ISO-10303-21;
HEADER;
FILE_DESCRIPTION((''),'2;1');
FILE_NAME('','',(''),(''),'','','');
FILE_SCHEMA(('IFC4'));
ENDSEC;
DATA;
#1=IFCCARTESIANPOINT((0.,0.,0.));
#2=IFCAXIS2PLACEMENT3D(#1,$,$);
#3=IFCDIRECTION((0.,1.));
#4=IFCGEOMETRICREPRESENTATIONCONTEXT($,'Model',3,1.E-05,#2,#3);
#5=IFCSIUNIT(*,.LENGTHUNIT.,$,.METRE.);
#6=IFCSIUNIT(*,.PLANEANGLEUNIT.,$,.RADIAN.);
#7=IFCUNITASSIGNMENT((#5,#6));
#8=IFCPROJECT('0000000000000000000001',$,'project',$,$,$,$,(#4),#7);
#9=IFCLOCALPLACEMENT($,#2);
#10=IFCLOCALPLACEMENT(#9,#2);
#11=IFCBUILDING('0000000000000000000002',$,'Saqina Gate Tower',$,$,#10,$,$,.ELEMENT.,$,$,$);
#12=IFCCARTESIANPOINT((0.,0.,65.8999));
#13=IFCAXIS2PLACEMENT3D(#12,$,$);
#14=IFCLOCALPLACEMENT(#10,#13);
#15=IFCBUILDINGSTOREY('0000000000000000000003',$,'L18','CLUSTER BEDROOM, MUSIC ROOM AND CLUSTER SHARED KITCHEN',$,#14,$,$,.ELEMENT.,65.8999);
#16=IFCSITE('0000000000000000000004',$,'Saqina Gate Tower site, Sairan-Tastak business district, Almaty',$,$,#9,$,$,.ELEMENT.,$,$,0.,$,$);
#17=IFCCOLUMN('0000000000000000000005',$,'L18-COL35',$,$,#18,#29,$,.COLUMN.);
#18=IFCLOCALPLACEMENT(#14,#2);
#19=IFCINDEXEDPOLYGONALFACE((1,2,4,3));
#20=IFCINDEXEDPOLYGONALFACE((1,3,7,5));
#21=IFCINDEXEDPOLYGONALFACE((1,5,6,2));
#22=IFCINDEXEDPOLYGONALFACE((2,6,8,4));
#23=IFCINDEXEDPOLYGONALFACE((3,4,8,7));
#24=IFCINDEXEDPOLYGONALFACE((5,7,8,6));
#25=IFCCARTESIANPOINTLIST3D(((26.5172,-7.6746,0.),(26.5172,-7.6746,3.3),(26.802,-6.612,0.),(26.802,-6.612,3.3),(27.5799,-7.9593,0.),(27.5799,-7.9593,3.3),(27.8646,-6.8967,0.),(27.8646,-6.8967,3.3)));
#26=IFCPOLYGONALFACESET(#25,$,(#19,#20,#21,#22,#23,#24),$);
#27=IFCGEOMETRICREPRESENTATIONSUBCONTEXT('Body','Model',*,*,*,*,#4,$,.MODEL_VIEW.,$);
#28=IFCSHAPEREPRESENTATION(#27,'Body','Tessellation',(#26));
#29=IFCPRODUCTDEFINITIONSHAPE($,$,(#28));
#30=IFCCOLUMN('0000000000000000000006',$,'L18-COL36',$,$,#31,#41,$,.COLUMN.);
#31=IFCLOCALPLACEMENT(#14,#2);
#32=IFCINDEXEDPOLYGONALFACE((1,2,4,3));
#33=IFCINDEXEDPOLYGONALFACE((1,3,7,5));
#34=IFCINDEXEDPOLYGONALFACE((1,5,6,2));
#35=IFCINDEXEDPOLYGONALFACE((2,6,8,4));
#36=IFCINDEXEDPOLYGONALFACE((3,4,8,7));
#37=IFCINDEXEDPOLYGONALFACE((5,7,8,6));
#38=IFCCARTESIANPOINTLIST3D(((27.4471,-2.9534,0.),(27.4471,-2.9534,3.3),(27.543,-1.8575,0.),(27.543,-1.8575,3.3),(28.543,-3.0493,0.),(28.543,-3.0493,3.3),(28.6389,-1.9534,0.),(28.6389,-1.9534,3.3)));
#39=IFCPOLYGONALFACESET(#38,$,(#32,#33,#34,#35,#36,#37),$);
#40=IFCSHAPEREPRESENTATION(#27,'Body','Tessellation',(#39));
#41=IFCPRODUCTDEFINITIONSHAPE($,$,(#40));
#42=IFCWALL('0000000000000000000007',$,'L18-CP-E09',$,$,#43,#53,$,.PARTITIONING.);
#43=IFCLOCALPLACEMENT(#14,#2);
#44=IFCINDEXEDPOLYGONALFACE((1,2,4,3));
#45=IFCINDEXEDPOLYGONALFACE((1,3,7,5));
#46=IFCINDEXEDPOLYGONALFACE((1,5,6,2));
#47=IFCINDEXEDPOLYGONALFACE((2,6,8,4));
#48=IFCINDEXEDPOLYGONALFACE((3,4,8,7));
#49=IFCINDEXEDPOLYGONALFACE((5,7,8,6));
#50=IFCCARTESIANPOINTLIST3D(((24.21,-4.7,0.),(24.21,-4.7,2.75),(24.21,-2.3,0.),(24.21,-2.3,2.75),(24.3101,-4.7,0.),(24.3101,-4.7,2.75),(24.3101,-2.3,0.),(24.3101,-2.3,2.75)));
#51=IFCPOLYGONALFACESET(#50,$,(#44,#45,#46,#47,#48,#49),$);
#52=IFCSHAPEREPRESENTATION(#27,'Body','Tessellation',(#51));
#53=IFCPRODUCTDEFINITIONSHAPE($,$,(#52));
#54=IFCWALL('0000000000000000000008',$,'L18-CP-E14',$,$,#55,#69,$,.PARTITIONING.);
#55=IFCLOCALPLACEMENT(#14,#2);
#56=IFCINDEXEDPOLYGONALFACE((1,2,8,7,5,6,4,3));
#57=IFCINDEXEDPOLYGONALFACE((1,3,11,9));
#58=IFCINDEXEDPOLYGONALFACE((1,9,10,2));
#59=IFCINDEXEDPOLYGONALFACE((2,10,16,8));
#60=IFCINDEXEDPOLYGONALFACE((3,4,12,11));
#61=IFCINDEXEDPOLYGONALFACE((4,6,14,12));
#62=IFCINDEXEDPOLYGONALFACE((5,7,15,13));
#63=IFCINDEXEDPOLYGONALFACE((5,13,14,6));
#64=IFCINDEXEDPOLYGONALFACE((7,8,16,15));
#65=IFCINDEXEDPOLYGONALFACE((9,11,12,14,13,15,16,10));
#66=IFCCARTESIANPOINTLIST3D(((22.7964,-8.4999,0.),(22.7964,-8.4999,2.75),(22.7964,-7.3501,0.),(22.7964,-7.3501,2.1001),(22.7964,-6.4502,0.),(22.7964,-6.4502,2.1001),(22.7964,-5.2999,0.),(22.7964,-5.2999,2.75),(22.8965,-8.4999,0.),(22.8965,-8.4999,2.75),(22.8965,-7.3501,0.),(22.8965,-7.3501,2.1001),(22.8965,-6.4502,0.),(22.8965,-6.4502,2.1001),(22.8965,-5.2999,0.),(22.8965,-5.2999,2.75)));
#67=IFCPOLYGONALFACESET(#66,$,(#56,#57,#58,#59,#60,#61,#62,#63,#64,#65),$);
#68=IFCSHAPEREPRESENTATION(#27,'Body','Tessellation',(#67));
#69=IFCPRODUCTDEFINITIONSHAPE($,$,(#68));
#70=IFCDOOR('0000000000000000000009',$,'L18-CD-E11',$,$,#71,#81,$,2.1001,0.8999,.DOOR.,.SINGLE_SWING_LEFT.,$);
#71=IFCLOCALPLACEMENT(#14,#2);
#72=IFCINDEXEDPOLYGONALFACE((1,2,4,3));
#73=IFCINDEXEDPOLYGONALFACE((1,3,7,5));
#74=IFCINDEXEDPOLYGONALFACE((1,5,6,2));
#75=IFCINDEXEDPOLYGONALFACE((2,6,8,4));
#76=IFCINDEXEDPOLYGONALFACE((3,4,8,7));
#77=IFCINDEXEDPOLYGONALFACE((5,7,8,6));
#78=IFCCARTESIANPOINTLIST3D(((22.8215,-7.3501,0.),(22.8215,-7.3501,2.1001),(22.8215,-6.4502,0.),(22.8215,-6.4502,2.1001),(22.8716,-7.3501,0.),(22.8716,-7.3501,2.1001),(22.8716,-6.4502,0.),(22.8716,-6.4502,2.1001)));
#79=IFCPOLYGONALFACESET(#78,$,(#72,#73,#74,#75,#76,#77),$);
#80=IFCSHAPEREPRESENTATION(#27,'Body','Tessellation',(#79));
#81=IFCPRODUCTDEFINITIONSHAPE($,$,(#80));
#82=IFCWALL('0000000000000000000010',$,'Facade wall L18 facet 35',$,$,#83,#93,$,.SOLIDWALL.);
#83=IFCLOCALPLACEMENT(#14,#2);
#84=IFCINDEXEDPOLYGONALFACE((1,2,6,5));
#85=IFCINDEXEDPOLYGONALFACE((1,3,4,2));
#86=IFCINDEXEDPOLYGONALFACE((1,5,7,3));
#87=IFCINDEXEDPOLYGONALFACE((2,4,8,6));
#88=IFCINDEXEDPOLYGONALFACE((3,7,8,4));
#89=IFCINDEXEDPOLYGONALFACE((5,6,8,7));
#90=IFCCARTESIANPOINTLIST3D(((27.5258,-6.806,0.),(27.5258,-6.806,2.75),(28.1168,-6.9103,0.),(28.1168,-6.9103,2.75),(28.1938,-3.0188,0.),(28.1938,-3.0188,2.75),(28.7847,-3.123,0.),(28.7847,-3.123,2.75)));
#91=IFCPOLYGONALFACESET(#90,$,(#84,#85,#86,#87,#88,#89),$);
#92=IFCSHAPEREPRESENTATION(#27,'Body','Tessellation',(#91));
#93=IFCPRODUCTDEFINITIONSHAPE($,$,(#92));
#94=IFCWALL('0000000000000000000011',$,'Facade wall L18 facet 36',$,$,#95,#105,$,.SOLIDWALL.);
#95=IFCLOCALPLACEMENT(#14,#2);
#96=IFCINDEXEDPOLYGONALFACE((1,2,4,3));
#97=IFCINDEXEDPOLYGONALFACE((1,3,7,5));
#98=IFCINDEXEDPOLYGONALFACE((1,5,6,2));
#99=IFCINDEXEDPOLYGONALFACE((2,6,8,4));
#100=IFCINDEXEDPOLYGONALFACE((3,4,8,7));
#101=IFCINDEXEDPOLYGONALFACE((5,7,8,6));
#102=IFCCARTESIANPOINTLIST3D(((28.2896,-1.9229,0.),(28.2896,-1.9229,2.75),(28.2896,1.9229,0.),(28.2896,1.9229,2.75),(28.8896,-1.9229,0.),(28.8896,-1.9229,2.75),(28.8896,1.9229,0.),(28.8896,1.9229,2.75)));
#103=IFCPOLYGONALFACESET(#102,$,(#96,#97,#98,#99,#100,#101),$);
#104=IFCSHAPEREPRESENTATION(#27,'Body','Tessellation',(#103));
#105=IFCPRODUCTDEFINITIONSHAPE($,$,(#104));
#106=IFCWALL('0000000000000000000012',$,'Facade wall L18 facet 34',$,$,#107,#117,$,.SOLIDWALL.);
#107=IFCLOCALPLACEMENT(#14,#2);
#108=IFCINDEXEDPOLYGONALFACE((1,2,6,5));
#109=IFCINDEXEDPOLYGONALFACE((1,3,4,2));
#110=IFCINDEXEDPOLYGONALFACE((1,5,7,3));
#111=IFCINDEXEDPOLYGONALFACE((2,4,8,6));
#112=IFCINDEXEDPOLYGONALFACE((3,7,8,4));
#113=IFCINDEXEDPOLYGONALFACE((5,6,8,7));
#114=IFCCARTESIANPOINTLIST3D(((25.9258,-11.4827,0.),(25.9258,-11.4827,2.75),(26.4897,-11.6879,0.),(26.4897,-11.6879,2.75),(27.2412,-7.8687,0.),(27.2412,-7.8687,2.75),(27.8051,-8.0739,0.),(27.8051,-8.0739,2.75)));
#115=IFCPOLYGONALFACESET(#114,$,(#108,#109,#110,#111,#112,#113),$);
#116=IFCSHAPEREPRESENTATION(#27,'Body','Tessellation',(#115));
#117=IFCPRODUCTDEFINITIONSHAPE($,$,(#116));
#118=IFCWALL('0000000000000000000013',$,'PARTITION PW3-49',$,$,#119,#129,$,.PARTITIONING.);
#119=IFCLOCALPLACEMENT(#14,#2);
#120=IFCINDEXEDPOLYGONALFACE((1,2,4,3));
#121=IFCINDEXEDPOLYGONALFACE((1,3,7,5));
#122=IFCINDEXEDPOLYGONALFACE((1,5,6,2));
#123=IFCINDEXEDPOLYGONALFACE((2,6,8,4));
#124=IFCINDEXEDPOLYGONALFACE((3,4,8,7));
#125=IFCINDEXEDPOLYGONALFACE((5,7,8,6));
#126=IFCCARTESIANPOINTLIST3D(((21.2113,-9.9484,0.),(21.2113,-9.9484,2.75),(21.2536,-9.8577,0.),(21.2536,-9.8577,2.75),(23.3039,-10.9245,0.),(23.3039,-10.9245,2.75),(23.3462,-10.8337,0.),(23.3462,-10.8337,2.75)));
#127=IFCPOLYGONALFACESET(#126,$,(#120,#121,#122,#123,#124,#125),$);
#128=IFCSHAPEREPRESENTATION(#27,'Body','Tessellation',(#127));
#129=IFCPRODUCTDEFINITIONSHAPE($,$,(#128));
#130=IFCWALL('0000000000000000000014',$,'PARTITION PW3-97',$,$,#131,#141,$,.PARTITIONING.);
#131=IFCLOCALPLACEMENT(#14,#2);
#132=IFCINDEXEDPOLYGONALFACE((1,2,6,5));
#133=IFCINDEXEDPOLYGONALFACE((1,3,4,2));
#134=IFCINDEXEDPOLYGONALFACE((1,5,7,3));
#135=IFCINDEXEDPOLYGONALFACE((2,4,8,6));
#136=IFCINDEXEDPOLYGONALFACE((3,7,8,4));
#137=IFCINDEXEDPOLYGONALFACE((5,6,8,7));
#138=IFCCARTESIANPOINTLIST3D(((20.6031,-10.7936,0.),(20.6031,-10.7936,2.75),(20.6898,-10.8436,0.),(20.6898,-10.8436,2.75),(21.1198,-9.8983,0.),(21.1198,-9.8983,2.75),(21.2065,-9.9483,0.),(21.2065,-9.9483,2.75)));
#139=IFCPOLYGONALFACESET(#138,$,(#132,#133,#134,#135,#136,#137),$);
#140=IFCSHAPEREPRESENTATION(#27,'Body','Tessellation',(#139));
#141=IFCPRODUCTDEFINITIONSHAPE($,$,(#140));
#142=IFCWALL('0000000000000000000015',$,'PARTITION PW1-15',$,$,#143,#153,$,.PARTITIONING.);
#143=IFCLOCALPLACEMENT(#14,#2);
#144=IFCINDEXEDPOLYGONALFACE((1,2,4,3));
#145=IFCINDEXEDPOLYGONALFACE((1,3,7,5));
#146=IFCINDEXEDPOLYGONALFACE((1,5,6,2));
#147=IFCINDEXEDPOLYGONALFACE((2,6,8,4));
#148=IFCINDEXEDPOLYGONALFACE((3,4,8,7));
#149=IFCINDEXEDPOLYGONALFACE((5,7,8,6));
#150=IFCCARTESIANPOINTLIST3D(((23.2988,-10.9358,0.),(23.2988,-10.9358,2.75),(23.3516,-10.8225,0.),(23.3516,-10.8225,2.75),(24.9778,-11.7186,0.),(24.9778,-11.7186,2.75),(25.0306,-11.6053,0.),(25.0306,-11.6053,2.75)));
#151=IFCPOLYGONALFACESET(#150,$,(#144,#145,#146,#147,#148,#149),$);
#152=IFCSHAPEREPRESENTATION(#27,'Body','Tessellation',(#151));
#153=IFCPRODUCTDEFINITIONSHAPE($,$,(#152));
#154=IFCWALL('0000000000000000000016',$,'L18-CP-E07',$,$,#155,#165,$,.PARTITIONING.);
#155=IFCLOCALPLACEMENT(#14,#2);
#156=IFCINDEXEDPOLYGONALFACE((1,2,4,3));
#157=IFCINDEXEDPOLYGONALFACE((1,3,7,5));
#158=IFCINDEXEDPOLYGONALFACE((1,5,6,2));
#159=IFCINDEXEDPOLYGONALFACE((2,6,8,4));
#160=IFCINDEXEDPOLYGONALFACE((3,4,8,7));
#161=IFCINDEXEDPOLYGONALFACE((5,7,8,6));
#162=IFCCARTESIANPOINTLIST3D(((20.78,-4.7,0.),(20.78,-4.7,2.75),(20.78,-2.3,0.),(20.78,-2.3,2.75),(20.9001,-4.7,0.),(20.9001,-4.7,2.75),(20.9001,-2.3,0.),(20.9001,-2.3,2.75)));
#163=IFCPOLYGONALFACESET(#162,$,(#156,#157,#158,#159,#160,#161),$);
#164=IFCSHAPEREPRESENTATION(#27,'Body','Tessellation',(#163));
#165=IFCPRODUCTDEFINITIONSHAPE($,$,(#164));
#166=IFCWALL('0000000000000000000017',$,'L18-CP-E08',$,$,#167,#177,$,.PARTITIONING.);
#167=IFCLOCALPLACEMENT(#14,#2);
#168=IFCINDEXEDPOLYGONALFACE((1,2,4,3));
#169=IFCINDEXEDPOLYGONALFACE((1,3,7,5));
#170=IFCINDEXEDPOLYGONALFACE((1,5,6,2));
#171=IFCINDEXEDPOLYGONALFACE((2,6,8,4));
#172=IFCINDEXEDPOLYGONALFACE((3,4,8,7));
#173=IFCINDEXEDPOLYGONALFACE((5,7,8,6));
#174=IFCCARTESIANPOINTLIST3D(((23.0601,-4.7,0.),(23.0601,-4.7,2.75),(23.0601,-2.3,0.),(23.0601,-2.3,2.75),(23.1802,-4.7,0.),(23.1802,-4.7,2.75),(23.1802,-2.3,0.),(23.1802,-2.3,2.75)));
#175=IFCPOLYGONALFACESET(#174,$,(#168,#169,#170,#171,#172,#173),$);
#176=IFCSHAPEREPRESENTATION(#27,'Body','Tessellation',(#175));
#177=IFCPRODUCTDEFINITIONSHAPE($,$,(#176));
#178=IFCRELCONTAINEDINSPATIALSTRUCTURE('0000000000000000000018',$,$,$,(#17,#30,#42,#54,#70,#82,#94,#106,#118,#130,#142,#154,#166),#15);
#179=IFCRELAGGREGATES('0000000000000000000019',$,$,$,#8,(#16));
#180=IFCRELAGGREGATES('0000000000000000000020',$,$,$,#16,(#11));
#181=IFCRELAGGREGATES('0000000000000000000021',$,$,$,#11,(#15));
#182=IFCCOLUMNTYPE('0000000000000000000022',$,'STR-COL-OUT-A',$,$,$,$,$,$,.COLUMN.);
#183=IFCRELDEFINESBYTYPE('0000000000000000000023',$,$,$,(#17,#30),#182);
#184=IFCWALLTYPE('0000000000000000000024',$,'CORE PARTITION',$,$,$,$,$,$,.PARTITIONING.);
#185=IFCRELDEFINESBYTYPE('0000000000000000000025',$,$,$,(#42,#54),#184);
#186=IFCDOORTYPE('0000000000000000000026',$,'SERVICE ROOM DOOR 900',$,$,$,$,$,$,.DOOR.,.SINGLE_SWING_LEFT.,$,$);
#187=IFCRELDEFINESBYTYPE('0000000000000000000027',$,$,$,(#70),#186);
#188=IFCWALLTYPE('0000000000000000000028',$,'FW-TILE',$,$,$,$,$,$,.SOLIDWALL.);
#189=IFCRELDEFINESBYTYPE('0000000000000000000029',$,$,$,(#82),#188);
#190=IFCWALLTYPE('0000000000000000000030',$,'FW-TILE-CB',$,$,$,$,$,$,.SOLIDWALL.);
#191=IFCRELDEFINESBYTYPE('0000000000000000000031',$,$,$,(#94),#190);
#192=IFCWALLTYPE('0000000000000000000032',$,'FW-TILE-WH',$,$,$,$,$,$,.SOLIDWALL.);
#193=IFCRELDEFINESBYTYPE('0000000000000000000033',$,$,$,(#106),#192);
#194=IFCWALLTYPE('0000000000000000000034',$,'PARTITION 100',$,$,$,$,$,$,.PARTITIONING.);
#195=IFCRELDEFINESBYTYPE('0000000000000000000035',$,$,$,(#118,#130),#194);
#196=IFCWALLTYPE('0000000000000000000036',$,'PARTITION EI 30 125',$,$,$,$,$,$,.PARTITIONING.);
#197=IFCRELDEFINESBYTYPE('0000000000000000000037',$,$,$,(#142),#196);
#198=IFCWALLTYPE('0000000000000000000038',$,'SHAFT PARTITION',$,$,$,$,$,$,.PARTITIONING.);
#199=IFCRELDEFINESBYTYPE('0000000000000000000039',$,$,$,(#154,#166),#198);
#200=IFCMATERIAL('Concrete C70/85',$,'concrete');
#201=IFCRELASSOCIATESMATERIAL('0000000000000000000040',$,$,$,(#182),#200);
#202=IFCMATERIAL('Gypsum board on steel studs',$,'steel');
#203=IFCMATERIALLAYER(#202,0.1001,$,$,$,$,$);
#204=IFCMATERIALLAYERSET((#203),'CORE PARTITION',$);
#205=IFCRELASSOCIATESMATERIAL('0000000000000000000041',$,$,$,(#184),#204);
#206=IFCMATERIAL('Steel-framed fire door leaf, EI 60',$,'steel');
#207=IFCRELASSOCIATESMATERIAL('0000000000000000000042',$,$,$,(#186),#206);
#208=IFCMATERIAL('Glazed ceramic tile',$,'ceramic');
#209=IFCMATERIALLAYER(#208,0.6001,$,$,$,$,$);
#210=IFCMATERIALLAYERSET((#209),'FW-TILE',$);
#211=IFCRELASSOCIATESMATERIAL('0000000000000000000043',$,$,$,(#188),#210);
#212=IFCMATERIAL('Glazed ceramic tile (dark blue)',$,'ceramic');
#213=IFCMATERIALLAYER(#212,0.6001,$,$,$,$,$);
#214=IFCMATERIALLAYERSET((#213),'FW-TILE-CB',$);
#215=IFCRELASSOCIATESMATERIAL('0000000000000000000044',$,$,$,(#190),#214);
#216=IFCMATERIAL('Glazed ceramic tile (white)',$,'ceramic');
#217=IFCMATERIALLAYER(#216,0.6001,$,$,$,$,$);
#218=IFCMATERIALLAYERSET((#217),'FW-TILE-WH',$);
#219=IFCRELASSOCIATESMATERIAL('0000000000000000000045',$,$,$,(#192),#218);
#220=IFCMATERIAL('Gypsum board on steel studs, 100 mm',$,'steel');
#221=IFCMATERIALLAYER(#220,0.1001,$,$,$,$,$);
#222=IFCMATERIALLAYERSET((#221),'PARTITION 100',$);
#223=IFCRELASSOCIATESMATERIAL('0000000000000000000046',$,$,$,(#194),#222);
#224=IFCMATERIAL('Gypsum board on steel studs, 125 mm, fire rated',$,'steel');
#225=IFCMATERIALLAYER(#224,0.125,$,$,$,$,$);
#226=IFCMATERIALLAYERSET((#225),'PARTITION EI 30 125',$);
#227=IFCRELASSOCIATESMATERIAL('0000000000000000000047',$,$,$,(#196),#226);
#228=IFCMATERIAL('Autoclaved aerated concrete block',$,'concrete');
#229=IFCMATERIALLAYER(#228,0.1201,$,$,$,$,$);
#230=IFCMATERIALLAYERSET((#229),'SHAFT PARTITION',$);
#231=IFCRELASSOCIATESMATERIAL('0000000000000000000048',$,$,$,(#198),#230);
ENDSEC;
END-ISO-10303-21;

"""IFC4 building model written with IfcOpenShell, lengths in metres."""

from ifc_helpers import new_model, si_unit, direction, frame, frame_2d, origin, origin_2d, place, context, subcontext, project, spatial, rectangle, extrude, material, layer, layer_set, material_profile, profile_set, type_object, element, fill, save


model = new_model("IFC4")

# Units and contexts
model_context = context("Model", 3, precision=1e-05, world=origin(), true_north=direction((0.0, 1.0)))
body_context = subcontext(model_context, "Body", "Model", "MODEL_VIEW")
ifc_project = project(units=[si_unit("LENGTHUNIT", "METRE"), si_unit("PLANEANGLEUNIT", "RADIAN")], contexts=[model_context])

# Site, building, storey
site_placement = place(None, origin())
site = spatial("IfcSite", under=ifc_project, at=site_placement, Name="Saqina Gate Tower site, Sairan-Tastak business district, Almaty", CompositionType="ELEMENT", RefElevation=0.0)
building_placement = place(site_placement, origin())
building = spatial("IfcBuilding", under=site, at=building_placement, Name="Saqina Gate Tower", CompositionType="ELEMENT")
storey_placement = place(building_placement, frame((0.0, 0.0, 65.8999)))
storey = spatial("IfcBuildingStorey", under=building, at=storey_placement, Name="L18", Description="CLUSTER BEDROOM, MUSIC ROOM AND CLUSTER SHARED KITCHEN", CompositionType="ELEMENT", Elevation=65.8999)

# Columns
ifc_material_1 = material(Name="Concrete C70/85", Category="concrete")
ifc_material_profile = material_profile(ifc_material_1, rectangle(XDim=1.1001, YDim=1.1001, at=origin_2d()), Name="RC 1100x1100")
ifc_profile_set = profile_set([ifc_material_profile], Name="Concrete C70/85")
column_type = type_object("IfcColumnType", Name="STR-COL-OUT-A", PredefinedType="COLUMN", material=ifc_profile_set)
for number, where, z_axis, x_axis, name in (
    (1, (27.1909, -7.2856, 0.0), (0.0, 0.0, 1.0), (0.965926, -0.258819, 0.0), "L18-COL35"),
    (2, (28.043, -2.4534, 0.0), (0.0, 0.0, 1.0), (0.996195, -0.087156, 0.0), "L18-COL36"),
):
    element("IfcColumn", number, at=place(storey_placement, frame(where, z_axis=z_axis, x_axis=x_axis)), inside=storey, type_object=column_type, Name=name, PredefinedType="COLUMN", context=body_context, shape_type="SweptSolid", body=[
        extrude(rectangle(XDim=1.1001, YDim=1.1001, at=origin_2d()), origin(), (0.0, 0.0, 1.0), 3.3),
    ])

# Wall
ifc_material_2 = material(Name="Gypsum board on steel studs", Category="steel")
ifc_layer_1 = layer(ifc_material_2, 0.1001)
ifc_layer_set_1 = layer_set([ifc_layer_1], Name="CORE PARTITION")
wall_type_1 = type_object("IfcWallType", Name="CORE PARTITION", PredefinedType="PARTITIONING", material=ifc_layer_set_1)
wall_1_placement = place(storey_placement, frame((24.26, -4.7, 0.0), z_axis=(0.0, 0.0, 1.0), x_axis=(0.0, 1.0, 0.0)))
element("IfcWall", 3, at=wall_1_placement, inside=storey, type_object=wall_type_1, Name="L18-CP-E09", PredefinedType="PARTITIONING", context=body_context, shape_type="SweptSolid", body=[
    extrude(rectangle(XDim=2.3999, YDim=0.1001, at=frame_2d((1.2, 0.0))), origin(), (0.0, 0.0, 1.0), 2.75),
])

# Wall, opening, door
wall_2_placement = place(storey_placement, frame((22.8464, -8.5, 0.0), z_axis=(0.0, 0.0, 1.0), x_axis=(0.0, 1.0, 0.0)))
wall_2 = element("IfcWall", 4, at=wall_2_placement, inside=storey, type_object=wall_type_1, Name="L18-CP-E14", PredefinedType="PARTITIONING", context=body_context, shape_type="SweptSolid", body=[
    extrude(rectangle(XDim=3.2, YDim=0.1001, at=frame_2d((1.6001, 0.0))), origin(), (0.0, 0.0, 1.0), 2.75),
])
opening_placement = place(wall_2_placement, frame((1.1499, 0.0, 0.0)))
opening = element("IfcOpeningElement", 5, at=opening_placement, cuts=wall_2, PredefinedType="OPENING", context=body_context, shape_type="SweptSolid", body=[
    extrude(rectangle(XDim=0.8999, YDim=2.1001, at=frame_2d((0.45, 1.05))), frame((0.0, 0.062, 0.0), z_axis=(0.0, -1.0, 0.0), x_axis=(1.0, 0.0, 0.0)), (0.0, 0.0, 1.0), 0.124),
])
ifc_material_3 = material(Name="Steel-framed fire door leaf, EI 60", Category="steel")
door_type = type_object("IfcDoorType", Name="SERVICE ROOM DOOR 900", OperationType="SINGLE_SWING_LEFT", PredefinedType="DOOR", material=ifc_material_3)
door_placement = place(opening_placement, origin())
door = element("IfcDoor", 6, at=door_placement, inside=storey, type_object=door_type, Name="L18-CD-E11", OperationType="SINGLE_SWING_LEFT", OverallHeight=2.1001, OverallWidth=0.8999, PredefinedType="DOOR", context=body_context, shape_type="SweptSolid", body=[
    extrude(rectangle(XDim=0.8999, YDim=2.1001, at=frame_2d((0.45, 1.05))), frame((0.0, 0.0249, 0.0), z_axis=(0.0, -1.0, 0.0), x_axis=(1.0, 0.0, 0.0)), (0.0, 0.0, 1.0), 0.05),
])
fill(opening, door)

# Walls
ifc_material_4 = material(Name="Glazed ceramic tile", Category="ceramic")
ifc_layer_2 = layer(ifc_material_4, 0.6001)
ifc_layer_set_2 = layer_set([ifc_layer_2], Name="FW-TILE")
wall_type_2 = type_object("IfcWallType", Name="FW-TILE", PredefinedType="SOLIDWALL", material=ifc_layer_set_2)
wall_3_placement = place(storey_placement, frame((27.8213, -6.8582, 0.0), z_axis=(0.0, 0.0, 1.0), x_axis=(0.173688, 0.984801, 0.0)))
element("IfcWall", 7, at=wall_3_placement, inside=storey, type_object=wall_type_2, Name="Facade wall L18 facet 35", PredefinedType="SOLIDWALL", context=body_context, shape_type="SweptSolid", body=[
    extrude(rectangle(XDim=3.8457, YDim=0.6001, at=frame_2d((1.9229, 0.0))), origin(), (0.0, 0.0, 1.0), 2.75),
])
ifc_material_5 = material(Name="Glazed ceramic tile (dark blue)", Category="ceramic")
ifc_layer_3 = layer(ifc_material_5, 0.6001)
ifc_layer_set_3 = layer_set([ifc_layer_3], Name="FW-TILE-CB")
wall_type_3 = type_object("IfcWallType", Name="FW-TILE-CB", PredefinedType="SOLIDWALL", material=ifc_layer_set_3)
wall_4_placement = place(storey_placement, frame((28.5896, -1.9229, 0.0), z_axis=(0.0, 0.0, 1.0), x_axis=(0.0, 1.0, 0.0)))
element("IfcWall", 8, at=wall_4_placement, inside=storey, type_object=wall_type_3, Name="Facade wall L18 facet 36", PredefinedType="SOLIDWALL", context=body_context, shape_type="SweptSolid", body=[
    extrude(rectangle(XDim=3.8457, YDim=0.6001, at=frame_2d((1.9229, 0.0))), origin(), (0.0, 0.0, 1.0), 2.75),
])
ifc_material_6 = material(Name="Glazed ceramic tile (white)", Category="ceramic")
ifc_layer_4 = layer(ifc_material_6, 0.6001)
ifc_layer_set_4 = layer_set([ifc_layer_4], Name="FW-TILE-WH")
wall_type_4 = type_object("IfcWallType", Name="FW-TILE-WH", PredefinedType="SOLIDWALL", material=ifc_layer_set_4)
wall_5_placement = place(storey_placement, frame((26.2078, -11.5852, 0.0), z_axis=(0.0, 0.0, 1.0), x_axis=(0.342028, 0.93969, 0.0)))
element("IfcWall", 9, at=wall_5_placement, inside=storey, type_object=wall_type_4, Name="Facade wall L18 facet 34", PredefinedType="SOLIDWALL", context=body_context, shape_type="SweptSolid", body=[
    extrude(rectangle(XDim=3.8459, YDim=0.6001, at=frame_2d((1.9229, 0.0))), origin(), (0.0, 0.0, 1.0), 2.75),
])
ifc_material_7 = material(Name="Gypsum board on steel studs, 100 mm", Category="steel")
ifc_layer_5 = layer(ifc_material_7, 0.1001)
ifc_layer_set_5 = layer_set([ifc_layer_5], Name="PARTITION 100")
wall_type_5 = type_object("IfcWallType", Name="PARTITION 100", PredefinedType="PARTITIONING", material=ifc_layer_set_5)
wall_6_placement = place(storey_placement, frame((21.2324, -9.9031, 0.0), z_axis=(0.0, 0.0, 1.0), x_axis=(0.906275, -0.422689, 0.0)))
element("IfcWall", 10, at=wall_6_placement, inside=storey, type_object=wall_type_5, Name="PARTITION PW3-49", PredefinedType="PARTITIONING", context=body_context, shape_type="SweptSolid", body=[
    extrude(rectangle(XDim=2.3091, YDim=0.1001, at=frame_2d((1.1545, 0.0))), origin(), (0.0, 0.0, 1.0), 2.75),
])
wall_7_placement = place(storey_placement, frame((20.6465, -10.8186, 0.0), z_axis=(0.0, 0.0, 1.0), x_axis=(0.499797, 0.866142, 0.0)))
element("IfcWall", 11, at=wall_7_placement, inside=storey, type_object=wall_type_5, Name="PARTITION PW3-97", PredefinedType="PARTITIONING", context=body_context, shape_type="SweptSolid", body=[
    extrude(rectangle(XDim=1.0337, YDim=0.1001, at=frame_2d((0.5168, 0.0))), origin(), (0.0, 0.0, 1.0), 2.75),
])
ifc_material_8 = material(Name="Gypsum board on steel studs, 125 mm, fire rated", Category="steel")
ifc_layer_6 = layer(ifc_material_8, 0.125)
ifc_layer_set_6 = layer_set([ifc_layer_6], Name="PARTITION EI 30 125")
wall_type_6 = type_object("IfcWallType", Name="PARTITION EI 30 125", PredefinedType="PARTITIONING", material=ifc_layer_set_6)
wall_8_placement = place(storey_placement, frame((23.3252, -10.8792, 0.0), z_axis=(0.0, 0.0, 1.0), x_axis=(0.906348, -0.422532, 0.0)))
element("IfcWall", 12, at=wall_8_placement, inside=storey, type_object=wall_type_6, Name="PARTITION PW1-15", PredefinedType="PARTITIONING", context=body_context, shape_type="SweptSolid", body=[
    extrude(rectangle(XDim=1.8525, YDim=0.125, at=frame_2d((0.9263, 0.0))), origin(), (0.0, 0.0, 1.0), 2.75),
])
ifc_material_9 = material(Name="Autoclaved aerated concrete block", Category="concrete")
ifc_layer_7 = layer(ifc_material_9, 0.1201)
ifc_layer_set_7 = layer_set([ifc_layer_7], Name="SHAFT PARTITION")
wall_type_7 = type_object("IfcWallType", Name="SHAFT PARTITION", PredefinedType="PARTITIONING", material=ifc_layer_set_7)
for number, where, z_axis, x_axis, name in (
    (13, (20.8401, -4.7, 0.0), (0.0, 0.0, 1.0), (0.0, 1.0, 0.0), "L18-CP-E07"),
    (14, (23.1201, -4.7, 0.0), (0.0, 0.0, 1.0), (0.0, 1.0, 0.0), "L18-CP-E08"),
):
    element("IfcWall", number, at=place(storey_placement, frame(where, z_axis=z_axis, x_axis=x_axis)), inside=storey, type_object=wall_type_7, Name=name, PredefinedType="PARTITIONING", context=body_context, shape_type="SweptSolid", body=[
        extrude(rectangle(XDim=2.3999, YDim=0.1201, at=frame_2d((1.2, 0.0))), origin(), (0.0, 0.0, 1.0), 2.75),
    ])

save(model, "model.ifc")
